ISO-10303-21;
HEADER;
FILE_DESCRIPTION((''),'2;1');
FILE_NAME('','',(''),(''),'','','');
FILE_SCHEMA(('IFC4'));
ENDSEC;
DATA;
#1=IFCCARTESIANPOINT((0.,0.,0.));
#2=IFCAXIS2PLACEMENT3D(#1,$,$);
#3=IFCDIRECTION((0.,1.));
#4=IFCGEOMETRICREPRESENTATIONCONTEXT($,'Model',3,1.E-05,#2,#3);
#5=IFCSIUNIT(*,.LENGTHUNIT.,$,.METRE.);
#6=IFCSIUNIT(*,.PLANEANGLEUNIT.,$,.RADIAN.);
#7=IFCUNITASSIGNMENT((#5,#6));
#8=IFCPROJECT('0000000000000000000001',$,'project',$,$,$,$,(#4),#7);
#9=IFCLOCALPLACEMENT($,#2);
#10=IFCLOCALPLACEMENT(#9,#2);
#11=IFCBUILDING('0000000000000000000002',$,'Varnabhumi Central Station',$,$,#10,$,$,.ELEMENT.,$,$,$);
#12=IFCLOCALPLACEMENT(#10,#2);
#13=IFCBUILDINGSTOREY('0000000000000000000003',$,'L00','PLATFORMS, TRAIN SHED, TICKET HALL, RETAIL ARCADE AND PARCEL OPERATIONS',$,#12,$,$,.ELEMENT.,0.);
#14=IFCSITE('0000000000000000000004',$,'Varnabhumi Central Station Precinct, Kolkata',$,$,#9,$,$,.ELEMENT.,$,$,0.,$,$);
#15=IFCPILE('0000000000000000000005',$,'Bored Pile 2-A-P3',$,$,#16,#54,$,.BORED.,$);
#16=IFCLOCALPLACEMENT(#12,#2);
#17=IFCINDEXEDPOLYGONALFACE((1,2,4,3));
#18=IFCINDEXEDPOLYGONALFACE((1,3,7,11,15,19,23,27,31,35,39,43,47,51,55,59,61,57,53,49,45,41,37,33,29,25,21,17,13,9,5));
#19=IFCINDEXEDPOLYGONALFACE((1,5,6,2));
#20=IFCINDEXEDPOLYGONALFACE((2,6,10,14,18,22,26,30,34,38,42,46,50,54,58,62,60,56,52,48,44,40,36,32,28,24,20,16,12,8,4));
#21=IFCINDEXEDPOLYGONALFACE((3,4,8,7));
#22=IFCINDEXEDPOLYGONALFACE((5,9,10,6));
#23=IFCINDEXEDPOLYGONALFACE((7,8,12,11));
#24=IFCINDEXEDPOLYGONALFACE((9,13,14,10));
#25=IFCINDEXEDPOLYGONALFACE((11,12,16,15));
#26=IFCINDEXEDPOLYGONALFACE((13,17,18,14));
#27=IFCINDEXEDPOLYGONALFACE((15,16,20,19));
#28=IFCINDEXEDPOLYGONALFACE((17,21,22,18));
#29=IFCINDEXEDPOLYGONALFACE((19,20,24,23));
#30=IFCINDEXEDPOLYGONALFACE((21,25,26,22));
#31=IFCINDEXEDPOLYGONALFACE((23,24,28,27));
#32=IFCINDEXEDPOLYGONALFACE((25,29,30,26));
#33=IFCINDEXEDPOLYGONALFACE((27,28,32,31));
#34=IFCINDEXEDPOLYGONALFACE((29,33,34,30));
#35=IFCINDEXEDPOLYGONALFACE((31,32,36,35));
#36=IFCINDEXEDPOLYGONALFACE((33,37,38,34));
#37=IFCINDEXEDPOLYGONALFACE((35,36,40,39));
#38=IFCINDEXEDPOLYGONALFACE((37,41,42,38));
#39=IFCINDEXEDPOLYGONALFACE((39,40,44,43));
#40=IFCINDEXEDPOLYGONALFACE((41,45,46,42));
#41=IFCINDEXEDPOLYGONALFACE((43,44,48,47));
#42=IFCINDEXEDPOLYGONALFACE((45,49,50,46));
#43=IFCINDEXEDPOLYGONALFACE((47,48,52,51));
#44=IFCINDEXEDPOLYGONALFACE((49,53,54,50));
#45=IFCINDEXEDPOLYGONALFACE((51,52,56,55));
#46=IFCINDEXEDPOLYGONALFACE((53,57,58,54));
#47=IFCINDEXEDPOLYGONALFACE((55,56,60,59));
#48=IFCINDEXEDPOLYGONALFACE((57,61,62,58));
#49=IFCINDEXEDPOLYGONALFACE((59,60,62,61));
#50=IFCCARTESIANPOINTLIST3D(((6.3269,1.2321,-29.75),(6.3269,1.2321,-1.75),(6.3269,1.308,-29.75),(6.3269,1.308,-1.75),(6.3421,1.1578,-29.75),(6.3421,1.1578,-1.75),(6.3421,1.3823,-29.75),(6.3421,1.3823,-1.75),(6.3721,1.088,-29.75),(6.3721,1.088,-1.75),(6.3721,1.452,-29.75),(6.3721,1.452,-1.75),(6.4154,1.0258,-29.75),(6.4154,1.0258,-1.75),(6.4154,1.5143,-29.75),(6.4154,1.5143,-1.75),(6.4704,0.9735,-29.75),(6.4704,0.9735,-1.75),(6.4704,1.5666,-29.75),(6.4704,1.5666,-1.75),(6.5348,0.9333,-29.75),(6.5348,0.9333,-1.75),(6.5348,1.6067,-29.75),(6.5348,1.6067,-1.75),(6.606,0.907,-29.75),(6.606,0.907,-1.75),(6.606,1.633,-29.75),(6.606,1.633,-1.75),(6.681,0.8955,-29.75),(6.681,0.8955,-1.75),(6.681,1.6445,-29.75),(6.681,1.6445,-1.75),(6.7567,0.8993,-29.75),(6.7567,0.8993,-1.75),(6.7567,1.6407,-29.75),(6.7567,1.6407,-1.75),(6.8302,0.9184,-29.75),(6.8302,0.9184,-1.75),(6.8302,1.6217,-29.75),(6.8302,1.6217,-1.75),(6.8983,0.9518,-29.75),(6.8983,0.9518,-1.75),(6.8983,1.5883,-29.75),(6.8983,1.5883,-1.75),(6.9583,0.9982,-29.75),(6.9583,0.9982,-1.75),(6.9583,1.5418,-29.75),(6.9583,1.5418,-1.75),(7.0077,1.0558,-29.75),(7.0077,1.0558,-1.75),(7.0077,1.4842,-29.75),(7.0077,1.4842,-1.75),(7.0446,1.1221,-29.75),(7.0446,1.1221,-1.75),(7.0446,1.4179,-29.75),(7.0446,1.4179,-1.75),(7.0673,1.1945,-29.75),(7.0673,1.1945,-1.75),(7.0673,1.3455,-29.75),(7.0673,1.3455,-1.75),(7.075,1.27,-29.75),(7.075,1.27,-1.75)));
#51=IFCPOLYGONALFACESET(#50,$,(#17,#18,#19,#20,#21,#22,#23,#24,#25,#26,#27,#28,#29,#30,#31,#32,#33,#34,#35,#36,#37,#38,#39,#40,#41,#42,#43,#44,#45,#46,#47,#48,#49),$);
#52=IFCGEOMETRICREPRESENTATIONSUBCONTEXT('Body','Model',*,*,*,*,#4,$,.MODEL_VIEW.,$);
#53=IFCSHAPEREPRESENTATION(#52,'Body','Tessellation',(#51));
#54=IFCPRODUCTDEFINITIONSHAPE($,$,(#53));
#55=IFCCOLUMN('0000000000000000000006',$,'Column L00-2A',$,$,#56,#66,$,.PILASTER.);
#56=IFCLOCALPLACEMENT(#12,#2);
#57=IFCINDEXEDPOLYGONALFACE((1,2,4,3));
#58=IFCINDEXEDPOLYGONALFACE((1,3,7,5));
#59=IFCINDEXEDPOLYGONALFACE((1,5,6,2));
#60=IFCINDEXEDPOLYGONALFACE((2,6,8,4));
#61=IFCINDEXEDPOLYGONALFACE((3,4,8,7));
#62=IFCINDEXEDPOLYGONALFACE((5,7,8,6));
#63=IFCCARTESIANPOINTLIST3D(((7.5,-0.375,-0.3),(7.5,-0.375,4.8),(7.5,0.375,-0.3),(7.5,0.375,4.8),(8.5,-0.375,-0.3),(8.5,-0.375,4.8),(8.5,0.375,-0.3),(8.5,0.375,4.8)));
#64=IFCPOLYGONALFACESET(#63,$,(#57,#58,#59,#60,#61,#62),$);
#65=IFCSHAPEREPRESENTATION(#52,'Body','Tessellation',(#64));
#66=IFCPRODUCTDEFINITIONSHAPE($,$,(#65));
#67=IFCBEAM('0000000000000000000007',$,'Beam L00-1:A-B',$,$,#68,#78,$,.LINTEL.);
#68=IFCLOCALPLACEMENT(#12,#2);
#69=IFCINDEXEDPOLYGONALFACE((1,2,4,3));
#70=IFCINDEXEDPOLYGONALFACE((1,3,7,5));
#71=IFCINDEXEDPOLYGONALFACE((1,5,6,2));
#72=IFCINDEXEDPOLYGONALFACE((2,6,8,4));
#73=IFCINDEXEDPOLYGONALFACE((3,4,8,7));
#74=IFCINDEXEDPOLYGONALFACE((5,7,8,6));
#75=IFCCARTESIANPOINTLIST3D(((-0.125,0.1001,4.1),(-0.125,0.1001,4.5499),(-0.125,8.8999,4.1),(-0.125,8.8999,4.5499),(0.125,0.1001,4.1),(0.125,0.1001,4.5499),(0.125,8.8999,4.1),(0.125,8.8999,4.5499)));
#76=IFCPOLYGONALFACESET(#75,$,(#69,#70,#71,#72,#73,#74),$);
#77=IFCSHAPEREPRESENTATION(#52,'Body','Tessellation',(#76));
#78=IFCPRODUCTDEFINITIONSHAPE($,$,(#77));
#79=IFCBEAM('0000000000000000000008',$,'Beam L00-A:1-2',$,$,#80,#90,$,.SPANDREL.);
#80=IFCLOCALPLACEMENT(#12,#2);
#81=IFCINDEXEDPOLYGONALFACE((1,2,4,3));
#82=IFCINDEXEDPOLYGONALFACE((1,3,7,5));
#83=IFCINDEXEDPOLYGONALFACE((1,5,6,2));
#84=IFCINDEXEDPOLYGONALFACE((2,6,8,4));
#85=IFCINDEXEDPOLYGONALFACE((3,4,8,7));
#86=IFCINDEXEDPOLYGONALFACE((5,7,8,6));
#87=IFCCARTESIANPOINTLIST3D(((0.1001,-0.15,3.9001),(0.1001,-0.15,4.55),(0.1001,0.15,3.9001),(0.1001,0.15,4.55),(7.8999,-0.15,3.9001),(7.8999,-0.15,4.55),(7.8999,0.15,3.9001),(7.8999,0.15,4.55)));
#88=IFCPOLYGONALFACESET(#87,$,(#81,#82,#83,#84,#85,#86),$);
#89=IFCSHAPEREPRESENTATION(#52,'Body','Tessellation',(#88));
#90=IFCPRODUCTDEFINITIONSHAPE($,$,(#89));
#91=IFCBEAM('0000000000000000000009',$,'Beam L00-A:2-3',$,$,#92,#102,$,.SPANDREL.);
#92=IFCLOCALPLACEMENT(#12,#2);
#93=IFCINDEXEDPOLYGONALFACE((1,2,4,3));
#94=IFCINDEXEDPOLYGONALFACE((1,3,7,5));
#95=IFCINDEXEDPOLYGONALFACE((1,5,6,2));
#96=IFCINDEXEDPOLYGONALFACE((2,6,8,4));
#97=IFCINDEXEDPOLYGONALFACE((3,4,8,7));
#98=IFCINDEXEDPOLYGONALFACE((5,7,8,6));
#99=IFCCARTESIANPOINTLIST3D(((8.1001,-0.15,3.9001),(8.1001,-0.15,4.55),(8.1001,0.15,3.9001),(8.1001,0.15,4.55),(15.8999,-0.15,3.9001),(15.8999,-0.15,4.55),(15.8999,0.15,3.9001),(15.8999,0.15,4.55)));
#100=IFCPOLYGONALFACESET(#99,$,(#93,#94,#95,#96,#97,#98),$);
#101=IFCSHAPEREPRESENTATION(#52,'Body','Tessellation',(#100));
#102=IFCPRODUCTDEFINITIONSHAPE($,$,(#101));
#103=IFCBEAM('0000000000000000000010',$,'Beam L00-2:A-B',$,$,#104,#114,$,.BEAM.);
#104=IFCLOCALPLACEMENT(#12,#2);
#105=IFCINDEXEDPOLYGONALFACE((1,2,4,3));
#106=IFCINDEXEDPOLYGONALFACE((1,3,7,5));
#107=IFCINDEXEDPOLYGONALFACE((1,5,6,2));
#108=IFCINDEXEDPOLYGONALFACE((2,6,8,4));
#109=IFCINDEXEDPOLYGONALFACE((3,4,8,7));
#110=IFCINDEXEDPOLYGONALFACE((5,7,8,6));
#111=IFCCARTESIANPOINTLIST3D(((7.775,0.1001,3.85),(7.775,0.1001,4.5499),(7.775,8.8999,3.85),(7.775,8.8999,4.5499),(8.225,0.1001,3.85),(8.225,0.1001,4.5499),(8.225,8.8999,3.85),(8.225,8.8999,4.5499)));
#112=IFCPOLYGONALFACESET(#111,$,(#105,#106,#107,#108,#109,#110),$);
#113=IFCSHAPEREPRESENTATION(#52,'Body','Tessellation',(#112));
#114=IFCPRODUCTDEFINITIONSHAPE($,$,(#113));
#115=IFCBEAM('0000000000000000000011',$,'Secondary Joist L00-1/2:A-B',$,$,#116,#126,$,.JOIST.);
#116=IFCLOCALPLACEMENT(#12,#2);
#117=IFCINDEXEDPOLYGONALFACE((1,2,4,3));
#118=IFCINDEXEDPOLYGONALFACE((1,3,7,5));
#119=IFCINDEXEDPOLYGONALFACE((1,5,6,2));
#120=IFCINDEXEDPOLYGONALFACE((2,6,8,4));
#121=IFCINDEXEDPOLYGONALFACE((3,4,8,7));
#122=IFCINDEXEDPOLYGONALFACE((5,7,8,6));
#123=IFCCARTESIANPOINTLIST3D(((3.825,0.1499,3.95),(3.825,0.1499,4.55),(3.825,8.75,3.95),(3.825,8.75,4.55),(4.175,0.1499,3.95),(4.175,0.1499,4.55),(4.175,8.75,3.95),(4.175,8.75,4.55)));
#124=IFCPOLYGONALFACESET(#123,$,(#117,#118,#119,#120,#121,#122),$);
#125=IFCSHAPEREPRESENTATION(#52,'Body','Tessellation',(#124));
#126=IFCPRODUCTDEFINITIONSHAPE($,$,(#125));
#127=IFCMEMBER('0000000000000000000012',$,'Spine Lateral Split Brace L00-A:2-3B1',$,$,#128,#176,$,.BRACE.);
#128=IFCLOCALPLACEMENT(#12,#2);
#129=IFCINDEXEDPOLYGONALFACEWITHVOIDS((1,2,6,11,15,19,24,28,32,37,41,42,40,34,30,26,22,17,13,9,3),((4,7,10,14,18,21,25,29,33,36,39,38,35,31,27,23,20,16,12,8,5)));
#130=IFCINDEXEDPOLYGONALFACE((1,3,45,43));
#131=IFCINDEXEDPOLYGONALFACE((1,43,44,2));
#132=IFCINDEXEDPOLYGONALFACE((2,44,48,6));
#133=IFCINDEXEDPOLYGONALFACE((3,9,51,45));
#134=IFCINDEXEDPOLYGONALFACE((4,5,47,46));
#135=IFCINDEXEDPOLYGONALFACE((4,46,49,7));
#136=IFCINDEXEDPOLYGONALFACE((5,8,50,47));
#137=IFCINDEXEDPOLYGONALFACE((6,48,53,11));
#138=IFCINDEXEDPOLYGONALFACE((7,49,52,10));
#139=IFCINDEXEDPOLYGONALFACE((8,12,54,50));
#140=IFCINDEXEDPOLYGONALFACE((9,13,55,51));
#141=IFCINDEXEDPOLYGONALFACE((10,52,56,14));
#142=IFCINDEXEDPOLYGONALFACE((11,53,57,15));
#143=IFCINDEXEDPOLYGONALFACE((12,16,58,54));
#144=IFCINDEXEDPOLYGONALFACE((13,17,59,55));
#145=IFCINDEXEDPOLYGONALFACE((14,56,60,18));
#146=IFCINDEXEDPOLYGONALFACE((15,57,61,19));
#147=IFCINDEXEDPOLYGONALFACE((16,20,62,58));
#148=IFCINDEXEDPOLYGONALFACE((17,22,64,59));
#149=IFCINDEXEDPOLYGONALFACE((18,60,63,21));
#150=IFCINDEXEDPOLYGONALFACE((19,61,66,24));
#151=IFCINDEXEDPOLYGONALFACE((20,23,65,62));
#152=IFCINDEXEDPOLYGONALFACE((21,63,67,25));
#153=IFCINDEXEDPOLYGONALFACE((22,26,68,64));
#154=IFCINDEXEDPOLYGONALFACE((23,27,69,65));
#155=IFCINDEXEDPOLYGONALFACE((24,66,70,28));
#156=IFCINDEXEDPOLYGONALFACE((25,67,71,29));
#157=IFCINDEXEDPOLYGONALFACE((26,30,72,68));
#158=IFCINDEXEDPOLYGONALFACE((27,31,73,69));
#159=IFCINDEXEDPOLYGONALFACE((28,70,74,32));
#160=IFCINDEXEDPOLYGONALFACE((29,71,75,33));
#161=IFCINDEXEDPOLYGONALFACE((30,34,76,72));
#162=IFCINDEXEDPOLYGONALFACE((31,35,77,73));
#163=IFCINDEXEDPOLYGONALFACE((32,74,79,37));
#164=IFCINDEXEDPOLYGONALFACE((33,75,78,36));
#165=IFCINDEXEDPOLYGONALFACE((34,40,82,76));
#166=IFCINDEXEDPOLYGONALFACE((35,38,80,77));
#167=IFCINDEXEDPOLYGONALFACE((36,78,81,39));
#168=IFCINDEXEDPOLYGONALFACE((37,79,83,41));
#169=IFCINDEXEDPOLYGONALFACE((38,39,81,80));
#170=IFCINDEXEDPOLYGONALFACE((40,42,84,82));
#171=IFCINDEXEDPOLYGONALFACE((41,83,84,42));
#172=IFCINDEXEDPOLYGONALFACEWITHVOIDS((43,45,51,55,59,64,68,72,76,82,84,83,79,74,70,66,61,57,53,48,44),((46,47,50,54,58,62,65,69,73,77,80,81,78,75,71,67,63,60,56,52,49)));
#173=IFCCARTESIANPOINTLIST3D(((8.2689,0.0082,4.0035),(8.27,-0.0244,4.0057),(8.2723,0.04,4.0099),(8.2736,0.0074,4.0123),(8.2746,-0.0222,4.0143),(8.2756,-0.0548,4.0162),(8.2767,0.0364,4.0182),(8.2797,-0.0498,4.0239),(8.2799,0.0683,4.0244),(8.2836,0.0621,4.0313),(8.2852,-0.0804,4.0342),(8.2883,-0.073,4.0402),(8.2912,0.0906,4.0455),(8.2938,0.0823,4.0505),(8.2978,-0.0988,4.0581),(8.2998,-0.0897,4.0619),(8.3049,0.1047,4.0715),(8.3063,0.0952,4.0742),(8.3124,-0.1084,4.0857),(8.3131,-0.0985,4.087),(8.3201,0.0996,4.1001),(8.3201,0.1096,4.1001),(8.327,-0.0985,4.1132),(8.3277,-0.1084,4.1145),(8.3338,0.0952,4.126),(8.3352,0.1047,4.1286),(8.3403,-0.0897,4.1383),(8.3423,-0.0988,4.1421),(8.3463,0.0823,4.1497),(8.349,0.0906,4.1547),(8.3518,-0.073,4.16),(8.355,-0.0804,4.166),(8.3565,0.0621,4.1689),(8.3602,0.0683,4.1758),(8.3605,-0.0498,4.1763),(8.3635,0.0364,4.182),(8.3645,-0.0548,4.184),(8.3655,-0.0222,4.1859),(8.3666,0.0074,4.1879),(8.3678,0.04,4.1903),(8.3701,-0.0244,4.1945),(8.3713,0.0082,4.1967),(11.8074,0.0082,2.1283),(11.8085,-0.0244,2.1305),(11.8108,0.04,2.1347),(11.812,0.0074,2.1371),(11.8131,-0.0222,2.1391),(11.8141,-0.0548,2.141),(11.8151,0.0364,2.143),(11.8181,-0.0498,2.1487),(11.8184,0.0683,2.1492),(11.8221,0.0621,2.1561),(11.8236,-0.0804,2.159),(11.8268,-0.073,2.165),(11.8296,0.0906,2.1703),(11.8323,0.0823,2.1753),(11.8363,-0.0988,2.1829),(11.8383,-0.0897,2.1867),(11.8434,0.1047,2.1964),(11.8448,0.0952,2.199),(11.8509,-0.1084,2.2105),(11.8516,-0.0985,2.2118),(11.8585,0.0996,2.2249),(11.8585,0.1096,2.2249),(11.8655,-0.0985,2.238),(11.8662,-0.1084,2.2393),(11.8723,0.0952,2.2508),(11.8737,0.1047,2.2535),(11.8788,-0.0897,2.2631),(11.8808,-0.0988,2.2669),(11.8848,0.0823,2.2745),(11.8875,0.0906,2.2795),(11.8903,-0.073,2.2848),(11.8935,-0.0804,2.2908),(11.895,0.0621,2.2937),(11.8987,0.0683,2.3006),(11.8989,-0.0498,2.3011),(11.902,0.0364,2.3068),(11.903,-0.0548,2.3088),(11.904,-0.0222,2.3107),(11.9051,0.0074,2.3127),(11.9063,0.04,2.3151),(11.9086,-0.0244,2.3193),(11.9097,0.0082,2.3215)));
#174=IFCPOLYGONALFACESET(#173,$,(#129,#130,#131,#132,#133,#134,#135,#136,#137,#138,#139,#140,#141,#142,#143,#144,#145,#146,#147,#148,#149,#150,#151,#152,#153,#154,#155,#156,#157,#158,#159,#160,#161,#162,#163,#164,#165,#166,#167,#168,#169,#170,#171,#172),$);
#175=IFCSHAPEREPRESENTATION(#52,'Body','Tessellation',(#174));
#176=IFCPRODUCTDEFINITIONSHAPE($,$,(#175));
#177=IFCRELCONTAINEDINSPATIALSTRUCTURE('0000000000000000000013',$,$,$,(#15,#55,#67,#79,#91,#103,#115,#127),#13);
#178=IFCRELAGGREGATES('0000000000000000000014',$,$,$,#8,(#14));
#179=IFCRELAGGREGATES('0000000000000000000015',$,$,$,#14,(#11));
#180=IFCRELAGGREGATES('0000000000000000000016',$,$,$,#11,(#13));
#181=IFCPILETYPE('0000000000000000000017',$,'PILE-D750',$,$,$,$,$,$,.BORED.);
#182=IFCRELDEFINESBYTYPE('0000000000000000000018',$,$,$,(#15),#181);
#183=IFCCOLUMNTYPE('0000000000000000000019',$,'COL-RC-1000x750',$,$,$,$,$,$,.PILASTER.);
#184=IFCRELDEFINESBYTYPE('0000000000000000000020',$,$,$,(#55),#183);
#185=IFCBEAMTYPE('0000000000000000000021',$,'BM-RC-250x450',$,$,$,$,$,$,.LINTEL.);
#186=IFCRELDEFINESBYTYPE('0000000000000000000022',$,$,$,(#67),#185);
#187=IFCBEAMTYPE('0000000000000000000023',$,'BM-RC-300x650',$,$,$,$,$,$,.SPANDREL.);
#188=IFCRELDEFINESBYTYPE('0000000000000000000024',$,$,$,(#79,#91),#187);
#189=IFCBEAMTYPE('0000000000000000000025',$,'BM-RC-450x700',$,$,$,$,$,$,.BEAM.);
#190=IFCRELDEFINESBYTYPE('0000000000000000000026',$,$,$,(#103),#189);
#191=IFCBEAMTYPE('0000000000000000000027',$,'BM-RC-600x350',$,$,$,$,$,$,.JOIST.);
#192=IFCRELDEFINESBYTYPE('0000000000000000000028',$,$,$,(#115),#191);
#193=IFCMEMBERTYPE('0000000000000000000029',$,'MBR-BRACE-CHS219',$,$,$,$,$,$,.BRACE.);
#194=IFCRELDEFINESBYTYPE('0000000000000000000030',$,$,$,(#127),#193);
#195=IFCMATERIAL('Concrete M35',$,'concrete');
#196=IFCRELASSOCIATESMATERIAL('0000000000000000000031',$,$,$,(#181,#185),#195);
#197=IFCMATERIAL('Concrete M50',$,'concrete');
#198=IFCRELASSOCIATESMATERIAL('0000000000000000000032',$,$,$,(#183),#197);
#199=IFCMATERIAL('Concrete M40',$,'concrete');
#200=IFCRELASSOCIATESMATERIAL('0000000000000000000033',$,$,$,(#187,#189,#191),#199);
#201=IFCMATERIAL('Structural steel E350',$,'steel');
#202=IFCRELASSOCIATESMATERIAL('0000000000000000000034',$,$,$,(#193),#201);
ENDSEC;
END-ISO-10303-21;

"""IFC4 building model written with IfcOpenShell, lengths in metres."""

from ifc_helpers import new_model, si_unit, direction, frame, origin, origin_2d, place, context, subcontext, project, spatial, rectangle, circle, hollow_circle, extrude, material, material_profile, profile_set, type_object, element, save


model = new_model("IFC4")

# Units and contexts
model_context = context("Model", 3, precision=1e-05, world=origin(), true_north=direction((0.0, 1.0)))
body_context = subcontext(model_context, "Body", "Model", "MODEL_VIEW")
ifc_project = project(units=[si_unit("LENGTHUNIT", "METRE"), si_unit("PLANEANGLEUNIT", "RADIAN")], contexts=[model_context])

# Site, building, storey
site_placement = place(None, origin())
site = spatial("IfcSite", under=ifc_project, at=site_placement, Name="Varnabhumi Central Station Precinct, Kolkata", CompositionType="ELEMENT", RefElevation=0.0)
building_placement = place(site_placement, origin())
building = spatial("IfcBuilding", under=site, at=building_placement, Name="Varnabhumi Central Station", CompositionType="ELEMENT")
storey_placement = place(building_placement, origin())
storey = spatial("IfcBuildingStorey", under=building, at=storey_placement, Name="L00", Description="PLATFORMS, TRAIN SHED, TICKET HALL, RETAIL ARCADE AND PARCEL OPERATIONS", CompositionType="ELEMENT", Elevation=0.0)

# Shared definitions
ifc_material_1 = material(Name="Concrete M40", Category="concrete")

# Pile
ifc_material_2 = material(Name="Concrete M35", Category="concrete")
ifc_material_profile_1 = material_profile(ifc_material_2, circle(Radius=0.375, at=origin_2d()), Name="Concrete M35", Category="concrete")
ifc_profile_set_1 = profile_set([ifc_material_profile_1], Name="Concrete M35")
pile_type = type_object("IfcPileType", Name="PILE-D750", PredefinedType="BORED", material=ifc_profile_set_1)
for number, where, z_axis, x_axis, name in (
    (1, (6.7, 1.27, -1.75), (0.0, 0.0, -1.0), (1.0, 0.0, 0.0), "Bored Pile 2-A-P3"),
):
    element("IfcPile", number, at=place(storey_placement, frame(where, z_axis=z_axis, x_axis=x_axis)), inside=storey, type_object=pile_type, Name=name, PredefinedType="BORED", context=body_context, shape_type="SweptSolid", body=[
        extrude(circle(Radius=0.375, at=origin_2d()), origin(), (0.0, 0.0, 1.0), 28.0),
    ])

# Column
ifc_material_3 = material(Name="Concrete M50", Category="concrete")
ifc_material_profile_2 = material_profile(ifc_material_3, rectangle(XDim=1.0, YDim=0.75, at=origin_2d()), Name="Concrete M50", Category="concrete")
ifc_profile_set_2 = profile_set([ifc_material_profile_2], Name="Concrete M50")
column_type = type_object("IfcColumnType", Name="COL-RC-1000x750", PredefinedType="PILASTER", material=ifc_profile_set_2)
column_placement = place(storey_placement, frame((8.0, 0.0, -0.3), z_axis=(0.0, 0.0, 1.0), x_axis=(1.0, 0.0, 0.0)))
element("IfcColumn", 2, at=column_placement, inside=storey, type_object=column_type, Name="Column L00-2A", PredefinedType="PILASTER", context=body_context, shape_type="SweptSolid", body=[
    extrude(rectangle(XDim=1.0, YDim=0.75, at=origin_2d()), origin(), (0.0, 0.0, 1.0), 5.1001),
])

# Beams
ifc_material_profile_3 = material_profile(ifc_material_2, rectangle(XDim=0.25, YDim=0.45, at=origin_2d()), Name="Concrete M35", Category="concrete")
ifc_profile_set_3 = profile_set([ifc_material_profile_3], Name="Concrete M35")
beam_type_1 = type_object("IfcBeamType", Name="BM-RC-250x450", PredefinedType="LINTEL", material=ifc_profile_set_3)
beam_1_placement = place(storey_placement, frame((0.0, 0.1001, 4.325), z_axis=(0.0, 1.0, 0.0), x_axis=(-1.0, 0.0, 0.0)))
element("IfcBeam", 3, at=beam_1_placement, inside=storey, type_object=beam_type_1, Name="Beam L00-1:A-B", PredefinedType="LINTEL", context=body_context, shape_type="SweptSolid", body=[
    extrude(rectangle(XDim=0.25, YDim=0.45, at=origin_2d()), origin(), (0.0, 0.0, 1.0), 8.7998),
])
ifc_material_profile_4 = material_profile(ifc_material_1, rectangle(XDim=0.3, YDim=0.6499, at=origin_2d()), Name="Concrete M40", Category="concrete")
ifc_profile_set_4 = profile_set([ifc_material_profile_4], Name="Concrete M40")
beam_type_2 = type_object("IfcBeamType", Name="BM-RC-300x650", PredefinedType="SPANDREL", material=ifc_profile_set_4)
for number, where, z_axis, x_axis, name in (
    (4, (0.1001, 0.0, 4.2251), (1.0, 0.0, 0.0), (0.0, 1.0, 0.0), "Beam L00-A:1-2"),
    (5, (8.1001, 0.0, 4.2251), (1.0, 0.0, 0.0), (0.0, 1.0, 0.0), "Beam L00-A:2-3"),
):
    element("IfcBeam", number, at=place(storey_placement, frame(where, z_axis=z_axis, x_axis=x_axis)), inside=storey, type_object=beam_type_2, Name=name, PredefinedType="SPANDREL", context=body_context, shape_type="SweptSolid", body=[
        extrude(rectangle(XDim=0.3, YDim=0.6499, at=origin_2d()), origin(), (0.0, 0.0, 1.0), 7.7998),
    ])
ifc_material_profile_5 = material_profile(ifc_material_1, rectangle(XDim=0.45, YDim=0.7, at=origin_2d()), Name="Concrete M40", Category="concrete")
ifc_profile_set_5 = profile_set([ifc_material_profile_5], Name="Concrete M40")
beam_type_3 = type_object("IfcBeamType", Name="BM-RC-450x700", PredefinedType="BEAM", material=ifc_profile_set_5)
beam_2_placement = place(storey_placement, frame((8.0, 0.1001, 4.2), z_axis=(0.0, 1.0, 0.0), x_axis=(-1.0, 0.0, 0.0)))
element("IfcBeam", 6, at=beam_2_placement, inside=storey, type_object=beam_type_3, Name="Beam L00-2:A-B", PredefinedType="BEAM", context=body_context, shape_type="SweptSolid", body=[
    extrude(rectangle(XDim=0.45, YDim=0.7, at=origin_2d()), origin(), (0.0, 0.0, 1.0), 8.7998),
])
ifc_material_profile_6 = material_profile(ifc_material_1, rectangle(XDim=0.3501, YDim=0.6001, at=origin_2d()), Name="Concrete M40", Category="concrete")
ifc_profile_set_6 = profile_set([ifc_material_profile_6], Name="Concrete M40")
beam_type_4 = type_object("IfcBeamType", Name="BM-RC-600x350", PredefinedType="JOIST", material=ifc_profile_set_6)
beam_3_placement = place(storey_placement, frame((4.0, 0.1499, 4.25), z_axis=(0.0, 1.0, 0.0), x_axis=(-1.0, 0.0, 0.0)))
element("IfcBeam", 7, at=beam_3_placement, inside=storey, type_object=beam_type_4, Name="Secondary Joist L00-1/2:A-B", PredefinedType="JOIST", context=body_context, shape_type="SweptSolid", body=[
    extrude(rectangle(XDim=0.3501, YDim=0.6001, at=origin_2d()), origin(), (0.0, 0.0, 1.0), 8.6001),
])

# Member
ifc_material_4 = material(Name="Structural steel E350", Category="steel")
ifc_material_profile_7 = material_profile(ifc_material_4, hollow_circle(Radius=0.1096, WallThickness=0.01, at=origin_2d()), Name="Structural steel E350", Category="steel")
ifc_profile_set_7 = profile_set([ifc_material_profile_7], Name="Structural steel E350")
member_type_1 = type_object("IfcMemberType", Name="MBR-BRACE-CHS219", PredefinedType="BRACE", material=ifc_profile_set_7)
member_1_placement = place(storey_placement, frame((8.3201, 0.0, 4.1001), z_axis=(0.883594, 0.0, -0.468255), x_axis=(0.0, 1.0, 0.0)))
element("IfcMember", 8, at=member_1_placement, inside=storey, type_object=member_type_1, Name="Spine Lateral Split Brace L00-A:2-3B1", PredefinedType="BRACE", context=body_context, shape_type="SweptSolid", body=[
    extrude(hollow_circle(Radius=0.1096, WallThickness=0.01, at=origin_2d()), origin(), (0.0, 0.0, 1.0), 4.0046),
])

save(model, "model.ifc")
